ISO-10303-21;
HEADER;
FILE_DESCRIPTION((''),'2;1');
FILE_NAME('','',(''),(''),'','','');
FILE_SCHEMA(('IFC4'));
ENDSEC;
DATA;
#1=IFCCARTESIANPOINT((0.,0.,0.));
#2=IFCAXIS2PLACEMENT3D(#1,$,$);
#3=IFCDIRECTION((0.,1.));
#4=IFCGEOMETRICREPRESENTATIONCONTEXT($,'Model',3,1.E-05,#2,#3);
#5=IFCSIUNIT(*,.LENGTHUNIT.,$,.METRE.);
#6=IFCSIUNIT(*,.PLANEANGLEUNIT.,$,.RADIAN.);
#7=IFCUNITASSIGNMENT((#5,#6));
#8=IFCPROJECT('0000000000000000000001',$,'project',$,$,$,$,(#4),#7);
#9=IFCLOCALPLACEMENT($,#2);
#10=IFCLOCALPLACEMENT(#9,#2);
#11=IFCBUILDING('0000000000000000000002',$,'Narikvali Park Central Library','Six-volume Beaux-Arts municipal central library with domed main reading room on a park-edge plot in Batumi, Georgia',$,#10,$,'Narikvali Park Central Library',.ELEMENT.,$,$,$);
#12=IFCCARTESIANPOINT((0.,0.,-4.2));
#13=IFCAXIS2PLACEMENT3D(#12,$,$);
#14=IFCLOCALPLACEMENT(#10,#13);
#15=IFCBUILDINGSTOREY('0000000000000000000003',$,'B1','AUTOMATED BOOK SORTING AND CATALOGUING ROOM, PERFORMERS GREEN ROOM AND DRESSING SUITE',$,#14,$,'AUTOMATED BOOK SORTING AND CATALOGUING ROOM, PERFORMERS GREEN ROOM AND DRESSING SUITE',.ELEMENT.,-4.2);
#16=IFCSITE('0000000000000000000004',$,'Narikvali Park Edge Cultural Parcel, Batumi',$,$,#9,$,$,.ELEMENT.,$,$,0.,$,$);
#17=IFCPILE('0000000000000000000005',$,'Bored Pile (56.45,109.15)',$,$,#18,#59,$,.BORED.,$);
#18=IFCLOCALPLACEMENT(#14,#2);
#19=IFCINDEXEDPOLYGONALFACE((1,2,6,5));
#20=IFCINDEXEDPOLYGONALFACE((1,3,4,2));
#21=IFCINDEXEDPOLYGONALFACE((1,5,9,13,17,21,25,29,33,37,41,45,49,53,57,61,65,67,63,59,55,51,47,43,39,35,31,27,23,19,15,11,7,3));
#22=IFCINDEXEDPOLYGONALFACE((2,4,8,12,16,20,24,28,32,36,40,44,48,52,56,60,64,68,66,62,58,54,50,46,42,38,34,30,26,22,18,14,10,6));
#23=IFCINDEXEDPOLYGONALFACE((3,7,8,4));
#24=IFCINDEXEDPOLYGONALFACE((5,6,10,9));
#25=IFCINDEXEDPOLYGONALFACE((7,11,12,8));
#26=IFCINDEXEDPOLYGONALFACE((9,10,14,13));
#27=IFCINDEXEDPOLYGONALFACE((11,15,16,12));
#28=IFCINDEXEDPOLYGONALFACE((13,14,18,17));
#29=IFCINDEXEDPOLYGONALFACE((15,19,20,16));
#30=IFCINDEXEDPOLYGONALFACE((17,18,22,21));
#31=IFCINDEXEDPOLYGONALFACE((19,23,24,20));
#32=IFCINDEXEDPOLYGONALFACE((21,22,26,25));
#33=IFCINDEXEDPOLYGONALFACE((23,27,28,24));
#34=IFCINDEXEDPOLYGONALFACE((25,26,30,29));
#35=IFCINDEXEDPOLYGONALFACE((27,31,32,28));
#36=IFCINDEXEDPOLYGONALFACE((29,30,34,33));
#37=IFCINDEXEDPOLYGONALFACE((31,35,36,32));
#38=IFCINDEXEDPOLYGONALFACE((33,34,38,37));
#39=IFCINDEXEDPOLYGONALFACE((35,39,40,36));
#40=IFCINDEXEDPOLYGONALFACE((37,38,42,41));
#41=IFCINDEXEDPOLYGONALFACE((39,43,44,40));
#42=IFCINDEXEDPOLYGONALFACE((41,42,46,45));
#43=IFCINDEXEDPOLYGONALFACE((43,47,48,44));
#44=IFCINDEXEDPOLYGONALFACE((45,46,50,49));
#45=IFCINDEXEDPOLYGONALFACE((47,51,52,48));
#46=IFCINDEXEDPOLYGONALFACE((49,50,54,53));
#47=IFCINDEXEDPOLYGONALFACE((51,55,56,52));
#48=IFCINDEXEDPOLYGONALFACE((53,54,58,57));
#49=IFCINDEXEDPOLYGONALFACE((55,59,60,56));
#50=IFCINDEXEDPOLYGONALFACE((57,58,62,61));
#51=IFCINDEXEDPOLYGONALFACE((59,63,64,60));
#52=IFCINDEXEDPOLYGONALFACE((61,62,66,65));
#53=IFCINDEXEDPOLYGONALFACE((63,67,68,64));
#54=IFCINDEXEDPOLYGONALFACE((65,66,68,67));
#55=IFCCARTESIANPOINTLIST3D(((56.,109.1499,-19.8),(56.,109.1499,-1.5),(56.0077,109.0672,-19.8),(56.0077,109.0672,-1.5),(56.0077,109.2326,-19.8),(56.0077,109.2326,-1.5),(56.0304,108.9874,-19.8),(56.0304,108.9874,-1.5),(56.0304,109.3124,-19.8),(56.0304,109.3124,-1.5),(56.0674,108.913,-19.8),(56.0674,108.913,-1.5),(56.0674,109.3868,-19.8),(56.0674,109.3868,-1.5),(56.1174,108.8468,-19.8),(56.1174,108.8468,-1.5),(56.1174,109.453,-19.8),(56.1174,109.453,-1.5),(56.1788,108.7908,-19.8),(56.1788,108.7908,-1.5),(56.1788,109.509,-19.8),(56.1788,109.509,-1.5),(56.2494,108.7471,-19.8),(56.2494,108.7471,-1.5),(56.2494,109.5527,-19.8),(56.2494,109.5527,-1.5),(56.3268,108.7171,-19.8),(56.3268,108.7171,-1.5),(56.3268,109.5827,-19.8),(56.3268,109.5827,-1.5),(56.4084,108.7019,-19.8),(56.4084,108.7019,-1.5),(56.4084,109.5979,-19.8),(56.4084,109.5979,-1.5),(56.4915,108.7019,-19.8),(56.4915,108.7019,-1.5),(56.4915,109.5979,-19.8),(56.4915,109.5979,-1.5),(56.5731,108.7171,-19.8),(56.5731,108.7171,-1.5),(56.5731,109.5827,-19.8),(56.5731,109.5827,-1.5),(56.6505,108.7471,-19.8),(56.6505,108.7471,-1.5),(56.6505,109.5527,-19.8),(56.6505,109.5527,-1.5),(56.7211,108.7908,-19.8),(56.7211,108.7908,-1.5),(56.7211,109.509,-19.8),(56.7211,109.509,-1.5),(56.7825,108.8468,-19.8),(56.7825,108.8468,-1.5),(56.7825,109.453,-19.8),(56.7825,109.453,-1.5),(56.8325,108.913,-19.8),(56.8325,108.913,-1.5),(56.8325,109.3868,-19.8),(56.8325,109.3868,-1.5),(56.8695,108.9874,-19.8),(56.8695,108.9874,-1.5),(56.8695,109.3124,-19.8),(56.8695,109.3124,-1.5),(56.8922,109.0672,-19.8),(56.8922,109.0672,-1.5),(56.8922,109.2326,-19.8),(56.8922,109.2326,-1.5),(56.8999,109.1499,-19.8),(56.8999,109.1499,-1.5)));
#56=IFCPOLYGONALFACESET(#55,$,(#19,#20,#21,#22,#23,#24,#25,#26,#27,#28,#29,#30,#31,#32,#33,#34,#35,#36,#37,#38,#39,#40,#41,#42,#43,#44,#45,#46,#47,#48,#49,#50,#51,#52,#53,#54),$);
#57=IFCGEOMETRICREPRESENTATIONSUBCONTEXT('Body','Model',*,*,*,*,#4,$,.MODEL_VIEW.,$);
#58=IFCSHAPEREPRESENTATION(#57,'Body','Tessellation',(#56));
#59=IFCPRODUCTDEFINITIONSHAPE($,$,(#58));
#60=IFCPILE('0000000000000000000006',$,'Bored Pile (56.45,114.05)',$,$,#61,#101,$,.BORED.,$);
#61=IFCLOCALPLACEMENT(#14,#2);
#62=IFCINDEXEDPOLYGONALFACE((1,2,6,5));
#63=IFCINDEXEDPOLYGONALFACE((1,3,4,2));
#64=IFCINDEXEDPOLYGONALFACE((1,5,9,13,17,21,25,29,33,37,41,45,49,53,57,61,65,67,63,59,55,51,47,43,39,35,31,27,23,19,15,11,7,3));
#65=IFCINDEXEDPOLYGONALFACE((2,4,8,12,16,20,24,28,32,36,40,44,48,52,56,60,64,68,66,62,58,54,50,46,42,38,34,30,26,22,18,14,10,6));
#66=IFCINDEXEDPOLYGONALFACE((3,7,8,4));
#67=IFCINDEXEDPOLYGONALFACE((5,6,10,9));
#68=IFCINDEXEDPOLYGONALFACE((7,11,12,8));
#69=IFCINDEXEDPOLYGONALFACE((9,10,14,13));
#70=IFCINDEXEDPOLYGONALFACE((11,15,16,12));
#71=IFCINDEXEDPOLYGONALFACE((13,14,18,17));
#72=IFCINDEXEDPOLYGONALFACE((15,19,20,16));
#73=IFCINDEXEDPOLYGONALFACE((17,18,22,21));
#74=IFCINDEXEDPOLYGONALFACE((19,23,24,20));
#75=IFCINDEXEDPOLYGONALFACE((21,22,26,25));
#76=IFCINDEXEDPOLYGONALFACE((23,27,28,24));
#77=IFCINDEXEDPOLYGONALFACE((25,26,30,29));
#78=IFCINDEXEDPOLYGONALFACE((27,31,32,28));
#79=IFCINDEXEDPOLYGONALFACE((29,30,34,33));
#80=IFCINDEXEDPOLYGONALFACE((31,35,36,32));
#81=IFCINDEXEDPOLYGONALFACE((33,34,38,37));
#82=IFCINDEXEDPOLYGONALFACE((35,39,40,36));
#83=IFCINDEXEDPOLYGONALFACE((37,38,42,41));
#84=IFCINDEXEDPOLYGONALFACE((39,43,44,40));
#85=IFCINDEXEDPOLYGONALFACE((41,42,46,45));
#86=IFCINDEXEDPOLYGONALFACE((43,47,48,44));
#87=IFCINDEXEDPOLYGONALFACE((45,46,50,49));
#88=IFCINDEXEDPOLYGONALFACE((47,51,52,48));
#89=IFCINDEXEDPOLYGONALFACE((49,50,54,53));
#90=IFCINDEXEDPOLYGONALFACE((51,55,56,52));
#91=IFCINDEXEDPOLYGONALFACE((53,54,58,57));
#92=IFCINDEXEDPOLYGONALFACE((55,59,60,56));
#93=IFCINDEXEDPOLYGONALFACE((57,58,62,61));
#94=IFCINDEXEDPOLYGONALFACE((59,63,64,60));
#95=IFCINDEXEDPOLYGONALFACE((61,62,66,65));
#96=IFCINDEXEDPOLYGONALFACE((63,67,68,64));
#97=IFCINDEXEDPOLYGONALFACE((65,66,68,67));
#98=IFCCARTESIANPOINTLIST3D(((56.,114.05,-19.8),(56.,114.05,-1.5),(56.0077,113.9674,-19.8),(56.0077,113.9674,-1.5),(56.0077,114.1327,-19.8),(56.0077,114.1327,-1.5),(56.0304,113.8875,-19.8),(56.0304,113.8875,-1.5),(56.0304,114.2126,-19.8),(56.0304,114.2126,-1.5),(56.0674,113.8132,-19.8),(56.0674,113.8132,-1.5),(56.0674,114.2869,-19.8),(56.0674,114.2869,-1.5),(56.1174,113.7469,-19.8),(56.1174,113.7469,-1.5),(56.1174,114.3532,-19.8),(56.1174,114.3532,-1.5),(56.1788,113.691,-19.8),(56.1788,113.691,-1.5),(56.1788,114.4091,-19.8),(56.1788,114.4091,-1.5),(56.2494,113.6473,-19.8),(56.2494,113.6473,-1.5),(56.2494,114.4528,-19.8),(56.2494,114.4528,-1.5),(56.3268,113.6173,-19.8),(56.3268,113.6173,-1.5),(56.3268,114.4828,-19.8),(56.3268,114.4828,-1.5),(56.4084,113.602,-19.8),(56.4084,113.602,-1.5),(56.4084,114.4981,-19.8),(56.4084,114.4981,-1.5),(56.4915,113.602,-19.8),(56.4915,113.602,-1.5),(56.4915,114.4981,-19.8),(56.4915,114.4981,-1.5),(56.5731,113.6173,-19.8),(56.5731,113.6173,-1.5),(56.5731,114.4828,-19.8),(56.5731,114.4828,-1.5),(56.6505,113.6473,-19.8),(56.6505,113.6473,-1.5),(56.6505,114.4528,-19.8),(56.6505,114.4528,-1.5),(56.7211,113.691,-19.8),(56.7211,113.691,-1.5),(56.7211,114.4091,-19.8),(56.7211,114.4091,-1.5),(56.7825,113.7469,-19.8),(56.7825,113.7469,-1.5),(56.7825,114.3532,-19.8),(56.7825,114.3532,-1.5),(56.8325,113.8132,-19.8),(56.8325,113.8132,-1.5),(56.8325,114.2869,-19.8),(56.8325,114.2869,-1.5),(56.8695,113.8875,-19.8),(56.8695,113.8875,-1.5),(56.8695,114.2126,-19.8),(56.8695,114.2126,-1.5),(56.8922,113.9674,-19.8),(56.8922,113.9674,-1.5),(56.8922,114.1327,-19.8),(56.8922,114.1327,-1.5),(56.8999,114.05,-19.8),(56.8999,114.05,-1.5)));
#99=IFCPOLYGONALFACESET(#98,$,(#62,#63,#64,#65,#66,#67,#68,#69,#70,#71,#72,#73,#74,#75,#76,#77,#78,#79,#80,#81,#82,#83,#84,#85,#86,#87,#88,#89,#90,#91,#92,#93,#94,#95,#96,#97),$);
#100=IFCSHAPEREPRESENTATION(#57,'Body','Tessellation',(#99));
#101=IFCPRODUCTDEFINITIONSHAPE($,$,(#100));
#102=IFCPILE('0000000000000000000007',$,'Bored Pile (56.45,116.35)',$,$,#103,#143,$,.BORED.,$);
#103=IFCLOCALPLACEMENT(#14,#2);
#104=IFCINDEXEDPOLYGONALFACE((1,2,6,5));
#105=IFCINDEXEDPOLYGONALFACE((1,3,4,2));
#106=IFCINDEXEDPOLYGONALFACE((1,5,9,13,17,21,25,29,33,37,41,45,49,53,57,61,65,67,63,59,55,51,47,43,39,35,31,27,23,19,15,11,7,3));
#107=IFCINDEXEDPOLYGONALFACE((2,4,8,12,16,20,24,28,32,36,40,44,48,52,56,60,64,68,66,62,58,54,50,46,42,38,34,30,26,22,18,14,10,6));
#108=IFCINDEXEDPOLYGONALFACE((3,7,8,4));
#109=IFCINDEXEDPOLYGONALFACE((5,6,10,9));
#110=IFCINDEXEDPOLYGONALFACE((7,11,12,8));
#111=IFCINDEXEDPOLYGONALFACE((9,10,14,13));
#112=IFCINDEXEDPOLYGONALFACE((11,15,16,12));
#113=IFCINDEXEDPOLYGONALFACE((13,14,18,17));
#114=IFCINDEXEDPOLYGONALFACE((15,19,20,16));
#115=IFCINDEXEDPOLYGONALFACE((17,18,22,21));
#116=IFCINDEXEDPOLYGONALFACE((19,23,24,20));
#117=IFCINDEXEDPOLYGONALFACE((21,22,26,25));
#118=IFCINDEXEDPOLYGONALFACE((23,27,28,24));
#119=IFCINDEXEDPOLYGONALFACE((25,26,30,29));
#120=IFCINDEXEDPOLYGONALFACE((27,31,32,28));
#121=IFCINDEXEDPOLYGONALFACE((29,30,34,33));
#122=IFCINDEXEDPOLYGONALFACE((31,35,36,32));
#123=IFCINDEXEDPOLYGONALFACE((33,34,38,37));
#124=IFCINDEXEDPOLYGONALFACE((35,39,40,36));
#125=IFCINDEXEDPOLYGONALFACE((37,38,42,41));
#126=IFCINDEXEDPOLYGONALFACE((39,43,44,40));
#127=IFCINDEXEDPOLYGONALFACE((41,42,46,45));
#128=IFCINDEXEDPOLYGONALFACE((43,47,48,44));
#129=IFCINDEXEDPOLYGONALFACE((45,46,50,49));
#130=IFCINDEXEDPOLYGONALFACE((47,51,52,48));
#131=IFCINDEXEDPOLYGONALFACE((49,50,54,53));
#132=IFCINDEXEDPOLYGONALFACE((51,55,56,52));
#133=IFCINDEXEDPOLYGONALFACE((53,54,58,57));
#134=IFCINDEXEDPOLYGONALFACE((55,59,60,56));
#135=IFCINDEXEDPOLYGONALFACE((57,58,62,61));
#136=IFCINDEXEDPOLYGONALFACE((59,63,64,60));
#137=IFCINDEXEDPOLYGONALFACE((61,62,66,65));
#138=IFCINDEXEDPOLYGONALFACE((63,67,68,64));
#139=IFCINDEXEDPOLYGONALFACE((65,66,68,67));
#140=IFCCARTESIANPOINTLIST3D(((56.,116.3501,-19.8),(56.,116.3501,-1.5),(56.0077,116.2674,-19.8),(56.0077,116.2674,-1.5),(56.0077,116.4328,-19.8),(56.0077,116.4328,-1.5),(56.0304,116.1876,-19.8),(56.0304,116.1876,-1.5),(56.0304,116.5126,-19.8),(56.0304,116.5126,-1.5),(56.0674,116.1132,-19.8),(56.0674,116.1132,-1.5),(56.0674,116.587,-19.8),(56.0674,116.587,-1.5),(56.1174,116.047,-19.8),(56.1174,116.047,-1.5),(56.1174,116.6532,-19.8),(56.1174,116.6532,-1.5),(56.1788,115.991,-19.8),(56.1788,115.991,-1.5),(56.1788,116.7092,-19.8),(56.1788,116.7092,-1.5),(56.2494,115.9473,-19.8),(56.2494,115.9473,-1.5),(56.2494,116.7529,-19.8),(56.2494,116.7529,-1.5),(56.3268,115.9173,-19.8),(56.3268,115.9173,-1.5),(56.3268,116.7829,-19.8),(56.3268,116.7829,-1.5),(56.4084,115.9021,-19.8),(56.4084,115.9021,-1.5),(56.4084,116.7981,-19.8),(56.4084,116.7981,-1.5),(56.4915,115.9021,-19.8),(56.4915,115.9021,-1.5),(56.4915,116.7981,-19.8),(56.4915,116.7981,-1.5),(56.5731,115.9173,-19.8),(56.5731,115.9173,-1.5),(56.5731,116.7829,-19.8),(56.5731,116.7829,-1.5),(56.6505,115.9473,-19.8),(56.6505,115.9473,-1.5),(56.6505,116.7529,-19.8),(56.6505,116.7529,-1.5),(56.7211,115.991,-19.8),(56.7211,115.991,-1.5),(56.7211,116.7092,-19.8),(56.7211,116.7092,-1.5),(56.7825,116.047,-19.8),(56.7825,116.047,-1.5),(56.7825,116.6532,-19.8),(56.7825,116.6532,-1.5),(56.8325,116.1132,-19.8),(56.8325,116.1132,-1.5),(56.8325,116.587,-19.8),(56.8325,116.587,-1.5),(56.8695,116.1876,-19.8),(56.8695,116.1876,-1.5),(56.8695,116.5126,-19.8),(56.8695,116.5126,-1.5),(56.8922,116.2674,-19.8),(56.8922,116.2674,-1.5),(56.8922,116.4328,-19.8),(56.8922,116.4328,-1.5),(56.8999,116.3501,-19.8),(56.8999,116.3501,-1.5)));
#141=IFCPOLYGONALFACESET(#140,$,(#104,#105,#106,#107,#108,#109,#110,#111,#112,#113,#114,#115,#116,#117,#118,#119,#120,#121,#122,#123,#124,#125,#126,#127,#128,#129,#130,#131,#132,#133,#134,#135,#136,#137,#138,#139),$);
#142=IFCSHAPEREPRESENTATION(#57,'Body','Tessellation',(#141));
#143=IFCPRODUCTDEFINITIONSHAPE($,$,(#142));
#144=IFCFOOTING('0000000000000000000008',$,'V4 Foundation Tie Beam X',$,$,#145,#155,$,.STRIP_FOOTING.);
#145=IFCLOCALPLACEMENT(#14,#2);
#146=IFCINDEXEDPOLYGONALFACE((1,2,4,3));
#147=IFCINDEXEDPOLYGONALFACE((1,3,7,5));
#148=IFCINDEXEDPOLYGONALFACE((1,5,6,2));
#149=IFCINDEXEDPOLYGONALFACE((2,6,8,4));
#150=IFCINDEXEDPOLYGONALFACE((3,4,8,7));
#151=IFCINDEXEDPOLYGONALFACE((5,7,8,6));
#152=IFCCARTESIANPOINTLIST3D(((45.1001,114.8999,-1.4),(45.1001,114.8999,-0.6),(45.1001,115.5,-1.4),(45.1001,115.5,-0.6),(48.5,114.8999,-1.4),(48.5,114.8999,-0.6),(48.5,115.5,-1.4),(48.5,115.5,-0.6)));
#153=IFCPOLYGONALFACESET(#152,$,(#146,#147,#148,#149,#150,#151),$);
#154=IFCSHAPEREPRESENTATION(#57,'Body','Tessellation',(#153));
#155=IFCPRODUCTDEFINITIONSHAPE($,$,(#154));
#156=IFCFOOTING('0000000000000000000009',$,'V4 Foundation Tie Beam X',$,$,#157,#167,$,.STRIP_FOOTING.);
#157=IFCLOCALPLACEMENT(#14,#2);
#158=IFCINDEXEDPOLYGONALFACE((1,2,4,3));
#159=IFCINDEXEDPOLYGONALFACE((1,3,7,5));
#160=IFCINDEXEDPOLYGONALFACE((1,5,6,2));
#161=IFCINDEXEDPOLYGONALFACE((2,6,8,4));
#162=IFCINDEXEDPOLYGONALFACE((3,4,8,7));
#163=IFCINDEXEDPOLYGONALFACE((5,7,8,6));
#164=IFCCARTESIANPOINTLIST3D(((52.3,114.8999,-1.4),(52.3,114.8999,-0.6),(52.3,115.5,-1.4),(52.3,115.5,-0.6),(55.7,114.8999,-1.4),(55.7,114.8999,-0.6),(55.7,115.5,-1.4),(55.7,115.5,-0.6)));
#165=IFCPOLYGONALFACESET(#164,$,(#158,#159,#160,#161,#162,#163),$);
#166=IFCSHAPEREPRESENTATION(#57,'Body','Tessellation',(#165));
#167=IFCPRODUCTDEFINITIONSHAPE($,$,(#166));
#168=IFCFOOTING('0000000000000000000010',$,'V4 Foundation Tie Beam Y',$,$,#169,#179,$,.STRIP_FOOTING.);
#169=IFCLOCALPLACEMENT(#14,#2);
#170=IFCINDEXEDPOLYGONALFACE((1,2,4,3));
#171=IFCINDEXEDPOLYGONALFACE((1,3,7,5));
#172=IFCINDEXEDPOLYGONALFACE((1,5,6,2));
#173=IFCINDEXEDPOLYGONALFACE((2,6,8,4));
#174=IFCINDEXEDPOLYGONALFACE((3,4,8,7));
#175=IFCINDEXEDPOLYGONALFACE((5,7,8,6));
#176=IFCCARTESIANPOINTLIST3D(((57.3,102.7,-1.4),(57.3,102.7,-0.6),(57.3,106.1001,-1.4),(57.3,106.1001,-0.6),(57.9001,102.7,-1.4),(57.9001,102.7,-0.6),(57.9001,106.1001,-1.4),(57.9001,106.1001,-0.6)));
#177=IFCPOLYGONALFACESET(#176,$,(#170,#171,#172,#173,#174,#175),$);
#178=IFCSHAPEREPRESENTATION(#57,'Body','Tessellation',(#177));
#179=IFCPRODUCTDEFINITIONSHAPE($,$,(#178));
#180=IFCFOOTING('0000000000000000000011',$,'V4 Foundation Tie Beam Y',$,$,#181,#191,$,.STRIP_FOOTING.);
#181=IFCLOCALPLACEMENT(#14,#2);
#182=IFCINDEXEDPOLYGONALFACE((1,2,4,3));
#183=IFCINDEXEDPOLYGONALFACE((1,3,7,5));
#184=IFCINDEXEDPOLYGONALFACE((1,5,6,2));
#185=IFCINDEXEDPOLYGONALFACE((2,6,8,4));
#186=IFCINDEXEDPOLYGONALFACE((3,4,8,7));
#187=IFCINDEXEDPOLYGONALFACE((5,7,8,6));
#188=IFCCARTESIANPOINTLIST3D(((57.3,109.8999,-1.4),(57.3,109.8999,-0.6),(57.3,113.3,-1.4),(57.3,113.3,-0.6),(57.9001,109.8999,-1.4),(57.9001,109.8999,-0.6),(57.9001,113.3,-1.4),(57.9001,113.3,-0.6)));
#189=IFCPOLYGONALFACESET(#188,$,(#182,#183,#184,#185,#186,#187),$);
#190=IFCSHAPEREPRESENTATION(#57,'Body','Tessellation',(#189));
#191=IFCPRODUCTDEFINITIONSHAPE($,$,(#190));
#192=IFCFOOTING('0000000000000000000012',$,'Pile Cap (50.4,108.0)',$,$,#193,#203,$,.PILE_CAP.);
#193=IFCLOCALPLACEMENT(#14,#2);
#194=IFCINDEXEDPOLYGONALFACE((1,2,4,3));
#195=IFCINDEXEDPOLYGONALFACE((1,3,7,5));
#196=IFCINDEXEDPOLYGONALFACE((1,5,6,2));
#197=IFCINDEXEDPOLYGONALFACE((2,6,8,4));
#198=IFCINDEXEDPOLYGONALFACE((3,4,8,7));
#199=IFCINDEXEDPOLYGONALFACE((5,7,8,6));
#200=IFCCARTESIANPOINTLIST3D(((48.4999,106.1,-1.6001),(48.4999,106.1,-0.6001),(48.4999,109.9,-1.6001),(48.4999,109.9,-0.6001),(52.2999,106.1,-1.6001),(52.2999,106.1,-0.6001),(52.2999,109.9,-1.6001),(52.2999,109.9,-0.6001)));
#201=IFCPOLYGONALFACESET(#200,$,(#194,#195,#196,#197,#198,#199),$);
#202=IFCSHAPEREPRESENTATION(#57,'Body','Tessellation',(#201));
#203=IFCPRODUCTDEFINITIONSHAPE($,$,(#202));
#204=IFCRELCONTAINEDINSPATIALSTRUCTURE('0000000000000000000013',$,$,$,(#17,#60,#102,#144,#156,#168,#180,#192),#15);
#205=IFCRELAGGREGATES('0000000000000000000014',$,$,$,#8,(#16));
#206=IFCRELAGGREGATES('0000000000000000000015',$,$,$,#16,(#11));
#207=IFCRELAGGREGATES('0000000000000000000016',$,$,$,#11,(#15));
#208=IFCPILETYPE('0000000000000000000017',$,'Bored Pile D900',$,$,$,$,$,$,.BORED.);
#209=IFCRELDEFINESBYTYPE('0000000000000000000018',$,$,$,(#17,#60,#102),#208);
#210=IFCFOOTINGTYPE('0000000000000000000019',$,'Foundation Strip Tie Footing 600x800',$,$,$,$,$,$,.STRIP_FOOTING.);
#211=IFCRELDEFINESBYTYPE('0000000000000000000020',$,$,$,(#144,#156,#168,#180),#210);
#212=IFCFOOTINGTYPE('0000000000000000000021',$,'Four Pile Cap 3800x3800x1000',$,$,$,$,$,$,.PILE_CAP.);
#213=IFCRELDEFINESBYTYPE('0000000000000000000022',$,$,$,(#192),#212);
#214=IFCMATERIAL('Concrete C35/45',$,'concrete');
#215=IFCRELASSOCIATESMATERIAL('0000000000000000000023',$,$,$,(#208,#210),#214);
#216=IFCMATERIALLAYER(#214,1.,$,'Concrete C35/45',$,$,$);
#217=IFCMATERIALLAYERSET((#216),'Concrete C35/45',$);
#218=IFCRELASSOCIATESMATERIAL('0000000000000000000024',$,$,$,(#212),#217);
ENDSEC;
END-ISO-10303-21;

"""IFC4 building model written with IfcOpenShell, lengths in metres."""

from ifc_helpers import new_model, si_unit, direction, frame, origin, origin_2d, place, context, subcontext, project, spatial, rectangle, circle, extrude, material, layer, layer_set, material_profile, profile_set, type_object, element, save


model = new_model("IFC4")

# Units and contexts
model_context = context("Model", 3, precision=1e-05, world=origin(), true_north=direction((0.0, 1.0)))
body_context = subcontext(model_context, "Body", "Model", "MODEL_VIEW")
ifc_project = project(units=[si_unit("LENGTHUNIT", "METRE"), si_unit("PLANEANGLEUNIT", "RADIAN")], contexts=[model_context])

# Site, building, storey
site_placement = place(None, origin())
site = spatial("IfcSite", under=ifc_project, at=site_placement, Name="Narikvali Park Edge Cultural Parcel, Batumi", CompositionType="ELEMENT", RefElevation=0.0)
building_placement = place(site_placement, origin())
building = spatial("IfcBuilding", under=site, at=building_placement, Name="Narikvali Park Central Library", Description="Six-volume Beaux-Arts municipal central library with domed main reading room on a park-edge plot in Batumi, Georgia", LongName="Narikvali Park Central Library", CompositionType="ELEMENT")
storey_placement = place(building_placement, frame((0.0, 0.0, -4.2)))
storey = spatial("IfcBuildingStorey", under=building, at=storey_placement, Name="B1", Description="AUTOMATED BOOK SORTING AND CATALOGUING ROOM, PERFORMERS GREEN ROOM AND DRESSING SUITE", LongName="AUTOMATED BOOK SORTING AND CATALOGUING ROOM, PERFORMERS GREEN ROOM AND DRESSING SUITE", CompositionType="ELEMENT", Elevation=-4.2)

# Piles
ifc_material_1 = material(Name="Concrete C35/45", Category="concrete")
ifc_material_profile_1 = material_profile(ifc_material_1, circle(Radius=0.45, at=origin_2d()), Name="PILE D900")
ifc_profile_set_1 = profile_set([ifc_material_profile_1], Name="Concrete C35/45")
pile_type = type_object("IfcPileType", Name="Bored Pile D900", PredefinedType="BORED", material=ifc_profile_set_1)
for number, where, z_axis, x_axis, name in (
    (1, (56.45, 109.1499, -1.5), (0.0, 0.0, -1.0), (1.0, 0.0, 0.0), "Bored Pile (56.45,109.15)"),
    (2, (56.45, 114.05, -1.5), (0.0, 0.0, -1.0), (1.0, 0.0, 0.0), "Bored Pile (56.45,114.05)"),
    (3, (56.45, 116.3501, -1.5), (0.0, 0.0, -1.0), (1.0, 0.0, 0.0), "Bored Pile (56.45,116.35)"),
):
    element("IfcPile", number, at=place(storey_placement, frame(where, z_axis=z_axis, x_axis=x_axis)), inside=storey, type_object=pile_type, Name=name, PredefinedType="BORED", context=body_context, shape_type="SweptSolid", body=[
        extrude(circle(Radius=0.45, at=origin_2d()), origin(), (0.0, 0.0, 1.0), 18.3),
    ])

# Footings
ifc_material_profile_2 = material_profile(ifc_material_1, rectangle(XDim=0.6001, YDim=0.8, at=origin_2d()), Name="RC GB 600x800")
ifc_profile_set_2 = profile_set([ifc_material_profile_2], Name="Concrete C35/45")
footing_type_1 = type_object("IfcFootingType", Name="Foundation Strip Tie Footing 600x800", PredefinedType="STRIP_FOOTING", material=ifc_profile_set_2)
for number, where, z_axis, x_axis, name in (
    (4, (45.1001, 115.2, -1.0), (1.0, 0.0, 0.0), (0.0, 1.0, 0.0), "V4 Foundation Tie Beam X"),
    (5, (52.3, 115.2, -1.0), (1.0, 0.0, 0.0), (0.0, 1.0, 0.0), "V4 Foundation Tie Beam X"),
):
    element("IfcFooting", number, at=place(storey_placement, frame(where, z_axis=z_axis, x_axis=x_axis)), inside=storey, type_object=footing_type_1, Name=name, PredefinedType="STRIP_FOOTING", context=body_context, shape_type="SweptSolid", body=[
        extrude(rectangle(XDim=0.6001, YDim=0.8, at=origin_2d()), origin(), (0.0, 0.0, 1.0), 3.3999),
    ])
for number, where, z_axis, x_axis, name in (
    (6, (57.6001, 102.7, -1.0), (0.0, 1.0, 0.0), (-1.0, 0.0, 0.0), "V4 Foundation Tie Beam Y"),
    (7, (57.6001, 109.8999, -1.0), (0.0, 1.0, 0.0), (-1.0, 0.0, 0.0), "V4 Foundation Tie Beam Y"),
):
    element("IfcFooting", number, at=place(storey_placement, frame(where, z_axis=z_axis, x_axis=x_axis)), inside=storey, type_object=footing_type_1, Name=name, PredefinedType="STRIP_FOOTING", context=body_context, shape_type="SweptSolid", body=[
        extrude(rectangle(XDim=0.6001, YDim=0.8, at=origin_2d()), origin(), (0.0, 0.0, 1.0), 3.4001),
    ])
ifc_layer_1 = layer(ifc_material_1, 1.0, Name="Concrete C35/45")
ifc_layer_set_1 = layer_set([ifc_layer_1], Name="Concrete C35/45")
footing_type_2 = type_object("IfcFootingType", Name="Four Pile Cap 3800x3800x1000", PredefinedType="PILE_CAP", material=ifc_layer_set_1)
for number, where, z_axis, x_axis, name in (
    (8, (50.3999, 108.0, -1.6001), (0.0, 0.0, 1.0), (1.0, 0.0, 0.0), "Pile Cap (50.4,108.0)"),
):
    element("IfcFooting", number, at=place(storey_placement, frame(where, z_axis=z_axis, x_axis=x_axis)), inside=storey, type_object=footing_type_2, Name=name, PredefinedType="PILE_CAP", context=body_context, shape_type="SweptSolid", body=[
        extrude(rectangle(XDim=3.8, YDim=3.8, at=origin_2d()), origin(), (0.0, 0.0, 1.0), 1.0),
    ])

save(model, "model.ifc")
